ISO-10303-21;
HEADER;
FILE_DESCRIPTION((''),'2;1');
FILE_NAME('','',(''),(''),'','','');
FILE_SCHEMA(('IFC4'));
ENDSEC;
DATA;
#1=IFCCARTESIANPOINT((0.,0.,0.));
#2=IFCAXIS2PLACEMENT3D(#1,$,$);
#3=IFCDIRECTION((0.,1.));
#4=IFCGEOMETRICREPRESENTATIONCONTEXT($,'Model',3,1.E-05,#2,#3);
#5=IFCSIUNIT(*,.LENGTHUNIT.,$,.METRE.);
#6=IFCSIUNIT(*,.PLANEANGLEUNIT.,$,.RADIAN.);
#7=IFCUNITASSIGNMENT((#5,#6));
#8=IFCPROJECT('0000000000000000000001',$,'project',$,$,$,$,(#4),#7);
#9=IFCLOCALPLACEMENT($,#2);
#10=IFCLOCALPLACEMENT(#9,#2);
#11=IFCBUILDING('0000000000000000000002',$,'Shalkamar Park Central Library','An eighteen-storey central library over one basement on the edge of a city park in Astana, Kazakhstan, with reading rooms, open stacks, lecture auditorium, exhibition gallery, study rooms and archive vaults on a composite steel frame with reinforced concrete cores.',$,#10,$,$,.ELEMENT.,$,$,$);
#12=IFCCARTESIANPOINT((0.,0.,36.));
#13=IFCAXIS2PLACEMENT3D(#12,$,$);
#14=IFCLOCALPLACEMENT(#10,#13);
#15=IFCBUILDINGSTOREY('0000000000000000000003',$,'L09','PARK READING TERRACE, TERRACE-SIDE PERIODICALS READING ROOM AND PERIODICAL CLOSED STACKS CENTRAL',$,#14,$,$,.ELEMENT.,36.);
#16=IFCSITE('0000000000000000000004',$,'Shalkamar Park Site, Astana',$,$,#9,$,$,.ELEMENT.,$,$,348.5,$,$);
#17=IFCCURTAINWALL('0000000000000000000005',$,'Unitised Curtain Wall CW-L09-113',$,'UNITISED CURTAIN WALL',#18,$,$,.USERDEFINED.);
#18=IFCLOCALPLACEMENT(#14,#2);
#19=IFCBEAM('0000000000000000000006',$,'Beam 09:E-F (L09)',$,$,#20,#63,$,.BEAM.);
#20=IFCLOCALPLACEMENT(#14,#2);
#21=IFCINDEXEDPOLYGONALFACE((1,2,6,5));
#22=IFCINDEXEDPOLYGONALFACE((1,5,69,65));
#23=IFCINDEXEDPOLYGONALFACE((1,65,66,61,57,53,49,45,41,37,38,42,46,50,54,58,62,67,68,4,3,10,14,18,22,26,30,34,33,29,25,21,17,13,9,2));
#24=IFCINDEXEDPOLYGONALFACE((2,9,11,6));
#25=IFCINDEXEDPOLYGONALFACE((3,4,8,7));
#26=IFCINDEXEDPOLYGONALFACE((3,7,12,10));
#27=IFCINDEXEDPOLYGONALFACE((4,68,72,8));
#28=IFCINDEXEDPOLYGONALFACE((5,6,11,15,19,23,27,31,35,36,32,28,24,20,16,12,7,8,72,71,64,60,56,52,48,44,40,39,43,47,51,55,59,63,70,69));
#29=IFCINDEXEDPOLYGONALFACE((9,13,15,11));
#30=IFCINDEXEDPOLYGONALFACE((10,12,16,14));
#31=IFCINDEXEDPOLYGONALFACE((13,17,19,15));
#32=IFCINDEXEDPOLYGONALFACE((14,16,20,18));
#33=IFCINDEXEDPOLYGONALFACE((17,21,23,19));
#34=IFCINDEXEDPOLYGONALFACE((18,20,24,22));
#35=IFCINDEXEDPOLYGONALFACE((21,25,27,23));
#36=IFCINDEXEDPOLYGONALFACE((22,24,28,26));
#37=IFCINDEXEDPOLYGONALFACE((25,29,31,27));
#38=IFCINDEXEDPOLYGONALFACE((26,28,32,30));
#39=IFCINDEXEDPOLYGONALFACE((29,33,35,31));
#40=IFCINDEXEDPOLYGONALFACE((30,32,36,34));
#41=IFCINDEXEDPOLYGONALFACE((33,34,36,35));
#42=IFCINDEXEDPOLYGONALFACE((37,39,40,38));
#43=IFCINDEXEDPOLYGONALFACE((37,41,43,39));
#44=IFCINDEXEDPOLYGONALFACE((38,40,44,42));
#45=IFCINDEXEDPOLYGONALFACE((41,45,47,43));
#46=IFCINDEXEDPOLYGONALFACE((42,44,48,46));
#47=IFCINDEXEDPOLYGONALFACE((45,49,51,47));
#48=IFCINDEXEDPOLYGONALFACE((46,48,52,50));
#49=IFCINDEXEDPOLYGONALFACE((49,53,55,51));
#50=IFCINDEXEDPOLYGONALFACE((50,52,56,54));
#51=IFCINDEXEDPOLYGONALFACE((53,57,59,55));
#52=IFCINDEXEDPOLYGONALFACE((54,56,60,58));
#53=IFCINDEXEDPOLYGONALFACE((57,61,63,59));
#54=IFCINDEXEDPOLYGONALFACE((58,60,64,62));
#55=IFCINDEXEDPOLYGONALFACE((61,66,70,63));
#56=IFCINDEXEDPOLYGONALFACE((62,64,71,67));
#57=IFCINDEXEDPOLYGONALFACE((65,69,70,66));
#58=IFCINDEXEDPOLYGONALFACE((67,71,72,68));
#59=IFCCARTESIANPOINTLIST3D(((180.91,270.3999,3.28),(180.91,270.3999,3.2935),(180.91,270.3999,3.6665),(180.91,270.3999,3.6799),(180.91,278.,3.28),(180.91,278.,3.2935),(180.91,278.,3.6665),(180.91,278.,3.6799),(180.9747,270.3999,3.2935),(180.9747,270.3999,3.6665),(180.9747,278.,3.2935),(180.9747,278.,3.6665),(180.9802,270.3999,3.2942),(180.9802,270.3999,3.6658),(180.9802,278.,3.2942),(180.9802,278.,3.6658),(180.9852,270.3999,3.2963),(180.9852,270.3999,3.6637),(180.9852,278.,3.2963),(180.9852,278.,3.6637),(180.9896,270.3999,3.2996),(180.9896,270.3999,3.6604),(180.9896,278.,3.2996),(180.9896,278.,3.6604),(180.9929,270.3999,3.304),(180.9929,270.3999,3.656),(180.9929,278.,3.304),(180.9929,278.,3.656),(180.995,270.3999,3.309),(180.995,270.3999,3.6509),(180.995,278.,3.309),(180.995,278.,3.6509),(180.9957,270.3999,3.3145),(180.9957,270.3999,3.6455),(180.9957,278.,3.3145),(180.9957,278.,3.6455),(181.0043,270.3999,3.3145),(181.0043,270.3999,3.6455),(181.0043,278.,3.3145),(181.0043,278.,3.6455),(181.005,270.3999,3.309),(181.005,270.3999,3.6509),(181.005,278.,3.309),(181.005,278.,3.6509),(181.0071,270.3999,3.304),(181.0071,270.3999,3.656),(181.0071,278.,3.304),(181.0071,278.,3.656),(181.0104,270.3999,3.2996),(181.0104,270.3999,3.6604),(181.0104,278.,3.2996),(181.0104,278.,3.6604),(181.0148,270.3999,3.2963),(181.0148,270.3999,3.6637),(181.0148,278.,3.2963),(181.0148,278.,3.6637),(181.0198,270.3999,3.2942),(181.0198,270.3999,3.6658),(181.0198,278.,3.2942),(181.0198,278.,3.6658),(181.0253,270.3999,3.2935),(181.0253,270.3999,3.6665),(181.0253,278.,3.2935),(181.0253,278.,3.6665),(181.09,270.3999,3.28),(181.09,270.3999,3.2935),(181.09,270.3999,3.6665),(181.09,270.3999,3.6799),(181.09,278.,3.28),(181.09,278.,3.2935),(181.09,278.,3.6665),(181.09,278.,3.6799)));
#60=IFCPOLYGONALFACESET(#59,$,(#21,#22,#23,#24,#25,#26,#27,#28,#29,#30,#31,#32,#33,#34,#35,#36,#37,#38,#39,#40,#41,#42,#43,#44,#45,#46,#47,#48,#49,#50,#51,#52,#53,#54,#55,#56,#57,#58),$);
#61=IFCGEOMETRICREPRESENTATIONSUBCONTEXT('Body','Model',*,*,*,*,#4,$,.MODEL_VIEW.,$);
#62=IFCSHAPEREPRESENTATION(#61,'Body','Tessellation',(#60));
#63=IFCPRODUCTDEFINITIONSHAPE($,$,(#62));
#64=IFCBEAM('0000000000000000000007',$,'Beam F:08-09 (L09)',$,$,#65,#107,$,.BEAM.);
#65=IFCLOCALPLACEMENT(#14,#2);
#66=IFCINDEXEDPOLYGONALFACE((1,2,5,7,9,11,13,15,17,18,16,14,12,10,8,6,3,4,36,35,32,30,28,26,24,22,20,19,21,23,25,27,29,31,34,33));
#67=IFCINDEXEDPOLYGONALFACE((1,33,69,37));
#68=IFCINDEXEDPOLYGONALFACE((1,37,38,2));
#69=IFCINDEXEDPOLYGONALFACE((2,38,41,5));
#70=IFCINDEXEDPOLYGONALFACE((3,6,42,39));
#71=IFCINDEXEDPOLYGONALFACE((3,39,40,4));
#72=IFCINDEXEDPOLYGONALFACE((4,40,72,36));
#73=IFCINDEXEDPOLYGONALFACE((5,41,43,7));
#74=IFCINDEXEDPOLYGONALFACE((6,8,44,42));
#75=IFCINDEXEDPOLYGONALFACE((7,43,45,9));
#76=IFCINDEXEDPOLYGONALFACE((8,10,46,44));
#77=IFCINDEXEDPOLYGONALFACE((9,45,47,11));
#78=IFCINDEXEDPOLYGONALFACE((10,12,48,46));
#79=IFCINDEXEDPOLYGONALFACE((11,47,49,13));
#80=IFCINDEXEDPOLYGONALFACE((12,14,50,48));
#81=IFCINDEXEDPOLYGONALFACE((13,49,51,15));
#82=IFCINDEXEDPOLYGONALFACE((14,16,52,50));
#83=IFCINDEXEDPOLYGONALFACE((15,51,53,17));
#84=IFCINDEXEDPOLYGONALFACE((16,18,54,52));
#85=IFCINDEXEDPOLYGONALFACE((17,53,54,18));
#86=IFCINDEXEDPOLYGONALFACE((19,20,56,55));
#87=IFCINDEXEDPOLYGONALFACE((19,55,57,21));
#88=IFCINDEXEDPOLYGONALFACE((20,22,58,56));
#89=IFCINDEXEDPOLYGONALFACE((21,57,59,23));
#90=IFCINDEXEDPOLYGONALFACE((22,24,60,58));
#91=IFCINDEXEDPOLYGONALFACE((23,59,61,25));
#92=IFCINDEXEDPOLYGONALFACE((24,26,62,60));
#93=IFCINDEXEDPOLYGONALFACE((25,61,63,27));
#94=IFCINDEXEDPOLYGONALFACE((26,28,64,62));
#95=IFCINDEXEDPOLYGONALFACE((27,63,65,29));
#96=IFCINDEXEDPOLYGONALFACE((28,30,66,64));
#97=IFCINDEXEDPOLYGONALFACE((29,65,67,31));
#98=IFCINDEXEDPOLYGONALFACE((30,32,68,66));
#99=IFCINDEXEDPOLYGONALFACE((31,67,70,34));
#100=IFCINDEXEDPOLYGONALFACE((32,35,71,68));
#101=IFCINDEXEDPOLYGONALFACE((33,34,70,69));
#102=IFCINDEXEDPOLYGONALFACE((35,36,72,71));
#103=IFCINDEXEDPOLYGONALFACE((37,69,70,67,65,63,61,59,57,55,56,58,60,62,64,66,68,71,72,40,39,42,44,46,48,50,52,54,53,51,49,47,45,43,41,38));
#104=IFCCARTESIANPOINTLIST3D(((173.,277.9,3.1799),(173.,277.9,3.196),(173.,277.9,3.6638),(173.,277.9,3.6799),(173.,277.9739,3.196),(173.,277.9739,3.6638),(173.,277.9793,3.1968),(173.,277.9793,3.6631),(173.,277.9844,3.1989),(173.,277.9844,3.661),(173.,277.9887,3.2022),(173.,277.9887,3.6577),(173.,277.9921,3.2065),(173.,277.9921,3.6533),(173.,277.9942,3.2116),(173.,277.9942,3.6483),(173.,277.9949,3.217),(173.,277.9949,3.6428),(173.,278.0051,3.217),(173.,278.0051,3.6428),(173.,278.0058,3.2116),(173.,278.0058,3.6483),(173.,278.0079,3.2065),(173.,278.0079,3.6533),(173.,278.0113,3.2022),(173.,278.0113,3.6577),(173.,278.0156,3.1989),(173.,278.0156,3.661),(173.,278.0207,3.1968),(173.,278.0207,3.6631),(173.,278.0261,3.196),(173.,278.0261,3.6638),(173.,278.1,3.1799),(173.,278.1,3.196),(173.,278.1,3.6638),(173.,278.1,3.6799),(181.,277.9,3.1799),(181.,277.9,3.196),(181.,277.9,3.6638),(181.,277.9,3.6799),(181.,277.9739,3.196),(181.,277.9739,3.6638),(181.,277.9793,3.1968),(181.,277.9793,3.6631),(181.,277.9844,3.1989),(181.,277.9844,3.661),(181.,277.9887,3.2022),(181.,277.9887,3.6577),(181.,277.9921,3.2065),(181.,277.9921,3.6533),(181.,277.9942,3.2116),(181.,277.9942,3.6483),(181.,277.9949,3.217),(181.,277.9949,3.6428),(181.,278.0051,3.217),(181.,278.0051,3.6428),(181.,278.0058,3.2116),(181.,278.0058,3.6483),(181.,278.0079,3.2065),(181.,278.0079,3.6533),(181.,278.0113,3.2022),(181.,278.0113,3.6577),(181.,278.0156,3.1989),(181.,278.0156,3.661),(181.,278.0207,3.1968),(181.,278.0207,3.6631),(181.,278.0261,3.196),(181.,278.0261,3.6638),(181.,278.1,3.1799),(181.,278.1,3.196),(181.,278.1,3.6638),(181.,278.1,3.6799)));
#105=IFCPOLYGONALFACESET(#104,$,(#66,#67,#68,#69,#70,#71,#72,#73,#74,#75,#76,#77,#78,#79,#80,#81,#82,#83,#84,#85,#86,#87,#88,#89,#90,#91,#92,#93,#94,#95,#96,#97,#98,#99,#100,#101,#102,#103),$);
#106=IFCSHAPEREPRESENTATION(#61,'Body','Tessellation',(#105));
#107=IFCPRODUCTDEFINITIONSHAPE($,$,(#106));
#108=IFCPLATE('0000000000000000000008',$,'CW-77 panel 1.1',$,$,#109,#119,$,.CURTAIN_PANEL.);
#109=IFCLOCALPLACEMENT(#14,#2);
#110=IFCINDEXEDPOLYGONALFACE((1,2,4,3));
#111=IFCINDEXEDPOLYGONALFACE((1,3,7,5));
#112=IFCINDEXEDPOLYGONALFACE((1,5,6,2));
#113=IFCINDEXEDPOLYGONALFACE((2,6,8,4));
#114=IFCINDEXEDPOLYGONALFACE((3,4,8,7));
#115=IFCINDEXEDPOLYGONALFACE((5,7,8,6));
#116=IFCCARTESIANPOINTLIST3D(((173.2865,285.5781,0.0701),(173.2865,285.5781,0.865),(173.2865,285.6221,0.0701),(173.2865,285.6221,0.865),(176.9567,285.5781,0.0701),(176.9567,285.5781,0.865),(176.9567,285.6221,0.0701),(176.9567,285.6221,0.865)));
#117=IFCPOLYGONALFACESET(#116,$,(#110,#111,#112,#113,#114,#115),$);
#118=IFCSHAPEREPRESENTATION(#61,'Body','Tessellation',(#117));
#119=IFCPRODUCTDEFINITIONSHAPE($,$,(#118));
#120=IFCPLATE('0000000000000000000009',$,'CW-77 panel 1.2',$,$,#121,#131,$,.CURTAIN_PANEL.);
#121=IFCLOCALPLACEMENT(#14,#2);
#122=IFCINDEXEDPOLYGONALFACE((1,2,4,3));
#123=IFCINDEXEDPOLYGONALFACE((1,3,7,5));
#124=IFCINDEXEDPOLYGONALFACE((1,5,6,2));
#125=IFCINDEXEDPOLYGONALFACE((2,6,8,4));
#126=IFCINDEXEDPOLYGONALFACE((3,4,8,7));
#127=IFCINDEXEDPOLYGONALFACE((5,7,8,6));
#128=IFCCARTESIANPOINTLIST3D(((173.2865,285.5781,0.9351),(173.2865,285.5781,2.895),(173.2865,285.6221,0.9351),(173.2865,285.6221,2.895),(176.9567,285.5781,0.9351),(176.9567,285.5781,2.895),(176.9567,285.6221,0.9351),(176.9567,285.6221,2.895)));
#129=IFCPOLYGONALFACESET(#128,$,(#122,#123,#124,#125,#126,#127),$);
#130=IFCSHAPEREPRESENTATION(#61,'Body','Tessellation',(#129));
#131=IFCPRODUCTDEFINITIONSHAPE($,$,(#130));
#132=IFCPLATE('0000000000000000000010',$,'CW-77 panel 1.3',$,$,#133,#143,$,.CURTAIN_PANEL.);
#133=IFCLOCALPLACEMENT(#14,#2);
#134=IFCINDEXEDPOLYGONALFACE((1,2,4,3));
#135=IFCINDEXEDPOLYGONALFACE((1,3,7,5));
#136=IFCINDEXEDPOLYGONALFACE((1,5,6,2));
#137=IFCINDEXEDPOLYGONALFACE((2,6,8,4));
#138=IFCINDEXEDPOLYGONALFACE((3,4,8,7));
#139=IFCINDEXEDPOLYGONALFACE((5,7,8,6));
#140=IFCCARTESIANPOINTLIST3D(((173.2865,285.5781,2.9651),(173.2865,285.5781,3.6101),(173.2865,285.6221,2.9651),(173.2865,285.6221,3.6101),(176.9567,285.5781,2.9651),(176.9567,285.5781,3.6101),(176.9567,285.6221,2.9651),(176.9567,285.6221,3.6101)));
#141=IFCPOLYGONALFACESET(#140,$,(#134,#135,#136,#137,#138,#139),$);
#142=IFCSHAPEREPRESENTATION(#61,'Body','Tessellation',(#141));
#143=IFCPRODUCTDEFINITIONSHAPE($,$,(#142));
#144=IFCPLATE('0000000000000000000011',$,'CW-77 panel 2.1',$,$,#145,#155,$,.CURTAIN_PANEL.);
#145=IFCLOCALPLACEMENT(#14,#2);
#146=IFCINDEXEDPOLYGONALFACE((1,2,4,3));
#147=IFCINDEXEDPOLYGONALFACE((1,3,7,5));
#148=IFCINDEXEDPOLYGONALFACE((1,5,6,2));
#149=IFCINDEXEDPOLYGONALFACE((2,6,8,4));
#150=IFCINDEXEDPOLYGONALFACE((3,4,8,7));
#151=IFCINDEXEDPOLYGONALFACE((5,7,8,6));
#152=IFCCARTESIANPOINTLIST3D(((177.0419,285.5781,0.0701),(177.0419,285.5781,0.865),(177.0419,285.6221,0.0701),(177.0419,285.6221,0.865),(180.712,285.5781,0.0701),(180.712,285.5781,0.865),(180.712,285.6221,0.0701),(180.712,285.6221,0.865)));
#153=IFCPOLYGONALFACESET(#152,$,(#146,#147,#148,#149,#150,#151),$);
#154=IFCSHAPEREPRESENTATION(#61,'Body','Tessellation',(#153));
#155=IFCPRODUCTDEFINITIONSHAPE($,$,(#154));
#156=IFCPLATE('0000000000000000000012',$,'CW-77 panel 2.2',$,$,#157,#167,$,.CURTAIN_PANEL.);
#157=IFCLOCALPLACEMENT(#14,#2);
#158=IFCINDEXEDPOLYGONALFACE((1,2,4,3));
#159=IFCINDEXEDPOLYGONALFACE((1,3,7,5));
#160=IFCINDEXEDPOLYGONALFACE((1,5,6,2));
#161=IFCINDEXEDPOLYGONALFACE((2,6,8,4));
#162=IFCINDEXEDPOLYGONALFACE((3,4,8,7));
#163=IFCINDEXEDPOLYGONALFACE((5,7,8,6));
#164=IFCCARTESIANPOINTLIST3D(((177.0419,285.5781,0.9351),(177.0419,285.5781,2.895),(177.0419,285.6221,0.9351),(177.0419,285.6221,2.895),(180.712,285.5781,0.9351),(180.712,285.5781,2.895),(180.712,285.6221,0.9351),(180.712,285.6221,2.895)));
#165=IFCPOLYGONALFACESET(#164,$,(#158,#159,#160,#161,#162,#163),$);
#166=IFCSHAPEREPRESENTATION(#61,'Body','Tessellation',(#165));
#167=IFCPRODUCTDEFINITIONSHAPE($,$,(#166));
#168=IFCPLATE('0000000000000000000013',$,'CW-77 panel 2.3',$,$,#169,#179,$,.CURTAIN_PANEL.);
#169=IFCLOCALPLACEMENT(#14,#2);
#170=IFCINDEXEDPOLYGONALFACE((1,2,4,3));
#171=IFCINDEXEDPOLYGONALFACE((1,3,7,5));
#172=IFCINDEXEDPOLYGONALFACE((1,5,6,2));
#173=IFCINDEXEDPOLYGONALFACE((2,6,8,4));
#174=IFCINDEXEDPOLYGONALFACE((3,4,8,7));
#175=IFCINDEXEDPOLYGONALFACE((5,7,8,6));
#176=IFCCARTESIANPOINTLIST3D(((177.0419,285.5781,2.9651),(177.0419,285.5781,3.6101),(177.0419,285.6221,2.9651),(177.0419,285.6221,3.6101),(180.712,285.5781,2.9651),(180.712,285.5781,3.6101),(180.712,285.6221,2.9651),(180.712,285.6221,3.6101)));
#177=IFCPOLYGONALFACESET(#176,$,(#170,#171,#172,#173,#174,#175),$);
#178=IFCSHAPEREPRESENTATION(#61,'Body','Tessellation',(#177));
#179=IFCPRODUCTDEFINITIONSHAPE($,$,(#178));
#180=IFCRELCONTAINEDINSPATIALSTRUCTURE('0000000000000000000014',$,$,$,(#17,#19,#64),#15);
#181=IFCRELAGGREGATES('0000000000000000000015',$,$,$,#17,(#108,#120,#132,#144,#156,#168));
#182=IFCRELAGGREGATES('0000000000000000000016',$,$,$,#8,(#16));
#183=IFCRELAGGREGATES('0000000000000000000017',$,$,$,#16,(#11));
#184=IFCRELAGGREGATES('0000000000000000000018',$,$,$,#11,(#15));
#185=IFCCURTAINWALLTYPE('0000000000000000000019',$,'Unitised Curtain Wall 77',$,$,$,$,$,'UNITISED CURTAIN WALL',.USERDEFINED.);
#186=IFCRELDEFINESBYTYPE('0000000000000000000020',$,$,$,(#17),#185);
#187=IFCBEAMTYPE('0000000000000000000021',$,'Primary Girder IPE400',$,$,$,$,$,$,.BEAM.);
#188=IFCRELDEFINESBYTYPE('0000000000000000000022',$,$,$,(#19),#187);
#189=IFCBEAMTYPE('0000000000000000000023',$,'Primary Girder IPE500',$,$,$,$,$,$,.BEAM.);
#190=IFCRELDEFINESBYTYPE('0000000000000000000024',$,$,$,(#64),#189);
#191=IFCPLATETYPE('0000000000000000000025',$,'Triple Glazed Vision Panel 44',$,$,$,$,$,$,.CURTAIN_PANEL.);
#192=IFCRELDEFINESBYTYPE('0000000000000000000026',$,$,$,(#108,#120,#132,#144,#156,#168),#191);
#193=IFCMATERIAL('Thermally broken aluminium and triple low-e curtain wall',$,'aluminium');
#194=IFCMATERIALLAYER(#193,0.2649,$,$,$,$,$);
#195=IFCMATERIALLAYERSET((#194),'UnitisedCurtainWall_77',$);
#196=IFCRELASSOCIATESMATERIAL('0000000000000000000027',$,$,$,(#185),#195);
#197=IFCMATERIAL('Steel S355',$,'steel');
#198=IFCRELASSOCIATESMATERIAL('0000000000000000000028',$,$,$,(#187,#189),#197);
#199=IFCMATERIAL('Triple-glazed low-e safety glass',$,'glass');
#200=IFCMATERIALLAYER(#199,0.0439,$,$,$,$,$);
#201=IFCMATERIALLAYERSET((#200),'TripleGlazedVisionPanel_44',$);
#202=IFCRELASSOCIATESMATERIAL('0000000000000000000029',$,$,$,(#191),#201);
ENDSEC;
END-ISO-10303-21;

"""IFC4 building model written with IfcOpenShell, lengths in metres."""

from ifc_helpers import new_model, si_unit, direction, frame, origin, origin_2d, place, context, subcontext, project, spatial, rectangle, i_section, extrude, material, layer, layer_set, material_profile, profile_set, type_object, element, aggregate, save


model = new_model("IFC4")

# Units and contexts
model_context = context("Model", 3, precision=1e-05, world=origin(), true_north=direction((0.0, 1.0)))
body_context = subcontext(model_context, "Body", "Model", "MODEL_VIEW")
ifc_project = project(units=[si_unit("LENGTHUNIT", "METRE"), si_unit("PLANEANGLEUNIT", "RADIAN")], contexts=[model_context])

# Site, building, storey
site_placement = place(None, origin())
site = spatial("IfcSite", under=ifc_project, at=site_placement, Name="Shalkamar Park Site, Astana", CompositionType="ELEMENT", RefElevation=348.5)
building_placement = place(site_placement, origin())
building = spatial("IfcBuilding", under=site, at=building_placement, Name="Shalkamar Park Central Library", Description="An eighteen-storey central library over one basement on the edge of a city park in Astana, Kazakhstan, with reading rooms, open stacks, lecture auditorium, exhibition gallery, study rooms and archive vaults on a composite steel frame with reinforced concrete cores.", CompositionType="ELEMENT")
storey_placement = place(building_placement, frame((0.0, 0.0, 36.0)))
storey = spatial("IfcBuildingStorey", under=building, at=storey_placement, Name="L09", Description="PARK READING TERRACE, TERRACE-SIDE PERIODICALS READING ROOM AND PERIODICAL CLOSED STACKS CENTRAL", CompositionType="ELEMENT", Elevation=36.0)

# Shared definitions
ifc_material_1 = material(Name="Steel S355", Category="steel")

# Curtain wall
ifc_material_2 = material(Name="Thermally broken aluminium and triple low-e curtain wall", Category="aluminium")
ifc_layer_1 = layer(ifc_material_2, 0.2649)
ifc_layer_set_1 = layer_set([ifc_layer_1], Name="UnitisedCurtainWall_77")
curtain_wall_type = type_object("IfcCurtainWallType", Name="Unitised Curtain Wall 77", ElementType="UNITISED CURTAIN WALL", PredefinedType="USERDEFINED", material=ifc_layer_set_1)
curtain_wall_placement = place(storey_placement, origin())
curtain_wall = element("IfcCurtainWall", 1, at=curtain_wall_placement, inside=storey, type_object=curtain_wall_type, Name="Unitised Curtain Wall CW-L09-113", ObjectType="UNITISED CURTAIN WALL", PredefinedType="USERDEFINED")

# Beams
ifc_material_profile_1 = material_profile(ifc_material_1, i_section(OverallWidth=0.1799, OverallDepth=0.3999, WebThickness=0.0085, FlangeThickness=0.0134, FilletRadius=0.021, at=origin_2d()), Name="IPE 400")
ifc_profile_set_1 = profile_set([ifc_material_profile_1], Name="Steel S355")
beam_type_1 = type_object("IfcBeamType", Name="Primary Girder IPE400", PredefinedType="BEAM", material=ifc_profile_set_1)
for number, where, z_axis, x_axis, name in (
    (2, (181.0, 270.3999, 3.48), (0.0, 1.0, 0.0), (-1.0, 0.0, 0.0), "Beam 09:E-F (L09)"),
):
    element("IfcBeam", number, at=place(storey_placement, frame(where, z_axis=z_axis, x_axis=x_axis)), inside=storey, type_object=beam_type_1, Name=name, PredefinedType="BEAM", context=body_context, shape_type="SweptSolid", body=[
        extrude(i_section(OverallWidth=0.1799, OverallDepth=0.3999, WebThickness=0.0085, FlangeThickness=0.0134, FilletRadius=0.021, at=origin_2d()), origin(), (0.0, 0.0, 1.0), 7.6001),
    ])
ifc_material_profile_2 = material_profile(ifc_material_1, i_section(OverallWidth=0.2, OverallDepth=0.5, WebThickness=0.0103, FlangeThickness=0.0161, FilletRadius=0.021, at=origin_2d()), Name="IPE 500")
ifc_profile_set_2 = profile_set([ifc_material_profile_2], Name="Steel S355")
beam_type_2 = type_object("IfcBeamType", Name="Primary Girder IPE500", PredefinedType="BEAM", material=ifc_profile_set_2)
beam_1_placement = place(storey_placement, frame((173.0, 278.0, 3.4299), z_axis=(1.0, 0.0, 0.0), x_axis=(0.0, 1.0, 0.0)))
element("IfcBeam", 3, at=beam_1_placement, inside=storey, type_object=beam_type_2, Name="Beam F:08-09 (L09)", PredefinedType="BEAM", context=body_context, shape_type="SweptSolid", body=[
    extrude(i_section(OverallWidth=0.2, OverallDepth=0.5, WebThickness=0.0103, FlangeThickness=0.0161, FilletRadius=0.021, at=origin_2d()), origin(), (0.0, 0.0, 1.0), 8.0),
])

# Plates
ifc_material_3 = material(Name="Triple-glazed low-e safety glass", Category="glass")
ifc_layer_2 = layer(ifc_material_3, 0.0439)
ifc_layer_set_2 = layer_set([ifc_layer_2], Name="TripleGlazedVisionPanel_44")
plate_type = type_object("IfcPlateType", Name="Triple Glazed Vision Panel 44", PredefinedType="CURTAIN_PANEL", material=ifc_layer_set_2)
plate_1_placement = place(storey_placement, frame((175.1216, 285.6001, 0.0701), z_axis=(0.0, 0.0, 1.0), x_axis=(1.0, 0.0, 0.0)))
plate_1 = element("IfcPlate", 4, at=plate_1_placement, type_object=plate_type, Name="CW-77 panel 1.1", PredefinedType="CURTAIN_PANEL", context=body_context, shape_type="SweptSolid", body=[
    extrude(rectangle(XDim=3.6702, YDim=0.0439, at=origin_2d()), origin(), (0.0, 0.0, 1.0), 0.7949),
])
plate_2_placement = place(storey_placement, frame((175.1216, 285.6001, 0.9351), z_axis=(0.0, 0.0, 1.0), x_axis=(1.0, 0.0, 0.0)))
plate_2 = element("IfcPlate", 5, at=plate_2_placement, type_object=plate_type, Name="CW-77 panel 1.2", PredefinedType="CURTAIN_PANEL", context=body_context, shape_type="SweptSolid", body=[
    extrude(rectangle(XDim=3.6702, YDim=0.0439, at=origin_2d()), origin(), (0.0, 0.0, 1.0), 1.96),
])
plate_3_placement = place(storey_placement, frame((175.1216, 285.6001, 2.9651), z_axis=(0.0, 0.0, 1.0), x_axis=(1.0, 0.0, 0.0)))
plate_3 = element("IfcPlate", 6, at=plate_3_placement, type_object=plate_type, Name="CW-77 panel 1.3", PredefinedType="CURTAIN_PANEL", context=body_context, shape_type="SweptSolid", body=[
    extrude(rectangle(XDim=3.6702, YDim=0.0439, at=origin_2d()), origin(), (0.0, 0.0, 1.0), 0.645),
])
plate_4_placement = place(storey_placement, frame((178.877, 285.6001, 0.0701), z_axis=(0.0, 0.0, 1.0), x_axis=(1.0, 0.0, 0.0)))
plate_4 = element("IfcPlate", 7, at=plate_4_placement, type_object=plate_type, Name="CW-77 panel 2.1", PredefinedType="CURTAIN_PANEL", context=body_context, shape_type="SweptSolid", body=[
    extrude(rectangle(XDim=3.6702, YDim=0.0439, at=origin_2d()), origin(), (0.0, 0.0, 1.0), 0.7949),
])
plate_5_placement = place(storey_placement, frame((178.877, 285.6001, 0.9351), z_axis=(0.0, 0.0, 1.0), x_axis=(1.0, 0.0, 0.0)))
plate_5 = element("IfcPlate", 8, at=plate_5_placement, type_object=plate_type, Name="CW-77 panel 2.2", PredefinedType="CURTAIN_PANEL", context=body_context, shape_type="SweptSolid", body=[
    extrude(rectangle(XDim=3.6702, YDim=0.0439, at=origin_2d()), origin(), (0.0, 0.0, 1.0), 1.96),
])
plate_6_placement = place(storey_placement, frame((178.877, 285.6001, 2.9651), z_axis=(0.0, 0.0, 1.0), x_axis=(1.0, 0.0, 0.0)))
plate_6 = element("IfcPlate", 9, at=plate_6_placement, type_object=plate_type, Name="CW-77 panel 2.3", PredefinedType="CURTAIN_PANEL", context=body_context, shape_type="SweptSolid", body=[
    extrude(rectangle(XDim=3.6702, YDim=0.0439, at=origin_2d()), origin(), (0.0, 0.0, 1.0), 0.645),
])
aggregate(curtain_wall, [plate_1, plate_2, plate_3, plate_4, plate_5, plate_6])

save(model, "model.ifc")
